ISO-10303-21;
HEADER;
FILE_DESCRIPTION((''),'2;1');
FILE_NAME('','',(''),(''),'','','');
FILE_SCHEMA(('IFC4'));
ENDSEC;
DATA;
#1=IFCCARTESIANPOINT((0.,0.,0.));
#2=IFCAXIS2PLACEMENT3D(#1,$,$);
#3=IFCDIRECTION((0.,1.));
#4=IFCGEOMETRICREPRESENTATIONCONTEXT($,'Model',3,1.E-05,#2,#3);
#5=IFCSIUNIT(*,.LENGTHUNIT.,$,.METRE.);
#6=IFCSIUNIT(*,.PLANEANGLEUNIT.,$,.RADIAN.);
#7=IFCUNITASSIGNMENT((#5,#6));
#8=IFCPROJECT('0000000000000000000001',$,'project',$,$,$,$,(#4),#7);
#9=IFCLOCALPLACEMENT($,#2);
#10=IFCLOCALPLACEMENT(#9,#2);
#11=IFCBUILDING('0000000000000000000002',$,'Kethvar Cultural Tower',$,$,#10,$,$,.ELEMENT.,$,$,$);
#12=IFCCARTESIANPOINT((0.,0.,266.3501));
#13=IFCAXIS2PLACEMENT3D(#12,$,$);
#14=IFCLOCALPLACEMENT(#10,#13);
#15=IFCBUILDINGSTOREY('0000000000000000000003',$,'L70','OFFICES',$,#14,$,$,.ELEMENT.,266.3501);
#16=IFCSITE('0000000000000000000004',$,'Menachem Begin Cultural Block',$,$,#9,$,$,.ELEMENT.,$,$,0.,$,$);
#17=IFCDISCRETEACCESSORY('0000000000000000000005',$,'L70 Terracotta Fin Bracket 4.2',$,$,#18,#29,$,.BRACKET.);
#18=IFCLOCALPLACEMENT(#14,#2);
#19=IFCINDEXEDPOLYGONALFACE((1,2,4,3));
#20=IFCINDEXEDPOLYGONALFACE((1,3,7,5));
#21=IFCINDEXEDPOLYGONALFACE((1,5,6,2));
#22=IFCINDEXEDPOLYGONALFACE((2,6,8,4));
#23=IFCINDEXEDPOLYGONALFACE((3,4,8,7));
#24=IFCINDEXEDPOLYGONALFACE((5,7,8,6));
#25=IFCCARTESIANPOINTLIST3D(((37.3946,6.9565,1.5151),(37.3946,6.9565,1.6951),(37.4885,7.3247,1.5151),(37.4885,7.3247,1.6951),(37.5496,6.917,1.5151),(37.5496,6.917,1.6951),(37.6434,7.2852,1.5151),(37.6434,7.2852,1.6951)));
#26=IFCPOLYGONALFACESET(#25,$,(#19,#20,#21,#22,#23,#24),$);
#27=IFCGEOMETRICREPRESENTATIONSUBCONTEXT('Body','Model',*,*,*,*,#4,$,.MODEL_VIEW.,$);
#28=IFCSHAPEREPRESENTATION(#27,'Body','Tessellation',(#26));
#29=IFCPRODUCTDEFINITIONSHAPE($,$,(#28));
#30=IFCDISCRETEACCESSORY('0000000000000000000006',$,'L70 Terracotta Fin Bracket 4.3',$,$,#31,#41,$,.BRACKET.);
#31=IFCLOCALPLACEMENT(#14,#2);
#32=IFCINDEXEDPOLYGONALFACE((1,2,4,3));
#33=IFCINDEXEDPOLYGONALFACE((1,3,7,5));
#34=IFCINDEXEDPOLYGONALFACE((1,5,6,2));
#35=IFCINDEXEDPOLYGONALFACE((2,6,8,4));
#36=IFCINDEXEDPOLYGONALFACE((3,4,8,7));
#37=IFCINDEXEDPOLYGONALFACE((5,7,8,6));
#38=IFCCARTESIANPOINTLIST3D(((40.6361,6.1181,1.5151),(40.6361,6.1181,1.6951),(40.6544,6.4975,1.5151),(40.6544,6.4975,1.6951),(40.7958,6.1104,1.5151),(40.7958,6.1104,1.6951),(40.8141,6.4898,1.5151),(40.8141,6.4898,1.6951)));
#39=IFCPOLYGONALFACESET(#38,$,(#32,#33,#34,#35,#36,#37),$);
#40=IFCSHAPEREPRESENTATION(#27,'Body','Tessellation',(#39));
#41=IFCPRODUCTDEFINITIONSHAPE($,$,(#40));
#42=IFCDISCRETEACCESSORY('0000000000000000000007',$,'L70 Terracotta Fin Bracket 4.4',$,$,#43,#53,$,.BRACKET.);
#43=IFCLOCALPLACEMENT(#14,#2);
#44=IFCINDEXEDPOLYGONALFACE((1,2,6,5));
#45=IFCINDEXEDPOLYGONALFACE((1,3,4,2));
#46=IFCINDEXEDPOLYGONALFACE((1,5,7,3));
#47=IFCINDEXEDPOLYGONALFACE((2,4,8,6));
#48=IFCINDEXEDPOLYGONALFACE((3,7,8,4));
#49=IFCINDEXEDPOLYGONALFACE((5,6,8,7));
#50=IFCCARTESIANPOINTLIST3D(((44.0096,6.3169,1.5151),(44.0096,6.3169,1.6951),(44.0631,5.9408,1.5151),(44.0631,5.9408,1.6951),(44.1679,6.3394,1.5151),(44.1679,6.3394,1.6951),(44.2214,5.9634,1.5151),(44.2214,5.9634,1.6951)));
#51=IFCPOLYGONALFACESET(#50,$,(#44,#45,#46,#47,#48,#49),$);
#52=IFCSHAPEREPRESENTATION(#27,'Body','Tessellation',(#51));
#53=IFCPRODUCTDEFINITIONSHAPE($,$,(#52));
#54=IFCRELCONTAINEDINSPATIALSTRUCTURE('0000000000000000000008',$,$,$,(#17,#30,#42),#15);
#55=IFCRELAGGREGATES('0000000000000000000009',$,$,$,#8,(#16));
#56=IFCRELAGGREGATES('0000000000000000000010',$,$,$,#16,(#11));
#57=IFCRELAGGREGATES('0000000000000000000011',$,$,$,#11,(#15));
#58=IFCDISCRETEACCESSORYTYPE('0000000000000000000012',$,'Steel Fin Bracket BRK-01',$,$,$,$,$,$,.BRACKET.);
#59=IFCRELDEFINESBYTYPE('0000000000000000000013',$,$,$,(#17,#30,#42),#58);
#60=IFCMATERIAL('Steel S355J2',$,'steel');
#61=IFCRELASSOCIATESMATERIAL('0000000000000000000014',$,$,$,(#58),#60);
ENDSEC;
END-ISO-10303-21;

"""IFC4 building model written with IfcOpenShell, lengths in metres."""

from ifc_helpers import new_model, si_unit, direction, frame, origin, origin_2d, place, context, subcontext, project, spatial, rectangle, extrude, source, transform, mapped, material, type_object, element, save


model = new_model("IFC4")

# Units and contexts
model_context = context("Model", 3, precision=1e-05, world=origin(), true_north=direction((0.0, 1.0)))
body_context = subcontext(model_context, "Body", "Model", "MODEL_VIEW")
ifc_project = project(units=[si_unit("LENGTHUNIT", "METRE"), si_unit("PLANEANGLEUNIT", "RADIAN")], contexts=[model_context])

# Site, building, storey
site_placement = place(None, origin())
site = spatial("IfcSite", under=ifc_project, at=site_placement, Name="Menachem Begin Cultural Block", CompositionType="ELEMENT", RefElevation=0.0)
building_placement = place(site_placement, origin())
building = spatial("IfcBuilding", under=site, at=building_placement, Name="Kethvar Cultural Tower", CompositionType="ELEMENT")
storey_placement = place(building_placement, frame((0.0, 0.0, 266.3501)))
storey = spatial("IfcBuildingStorey", under=building, at=storey_placement, Name="L70", Description="OFFICES", CompositionType="ELEMENT", Elevation=266.3501)

# Shared definitions
ifc_material_1 = material(Name="Steel S355J2", Category="steel")

# Discrete accessories
discrete_accessory_type = type_object("IfcDiscreteAccessoryType", Name="Steel Fin Bracket BRK-01", PredefinedType="BRACKET", material=ifc_material_1)
shared_shape_1 = source(origin(), body_context, "Body", "SweptSolid", [
    extrude(rectangle(XDim=0.3799, YDim=0.1599, at=origin_2d()), origin(), (0.0, 0.0, 1.0), 0.1799),
])
for number, where, z_axis, x_axis, name in (
    (1, (37.519, 7.1208, 1.5151), (0.0, 0.0, 1.0), (-0.246999, -0.969016, 0.0), "L70 Terracotta Fin Bracket 4.2"),
    (2, (40.7251, 6.304, 1.5151), (0.0, 0.0, 1.0), (-0.048327, -0.998832, 0.0), "L70 Terracotta Fin Bracket 4.3"),
    (3, (44.1155, 6.1401, 1.5151), (0.0, 0.0, 1.0), (0.140901, -0.990024, 0.0), "L70 Terracotta Fin Bracket 4.4"),
):
    element("IfcDiscreteAccessory", number, at=place(storey_placement, frame(where, z_axis=z_axis, x_axis=x_axis)), inside=storey, type_object=discrete_accessory_type, Name=name, PredefinedType="BRACKET", context=body_context, shape_type="MappedRepresentation", body=[
        mapped(shared_shape_1, transform((0.0, 0.0, 0.0), scale=1.0)),
    ])

save(model, "model.ifc")
